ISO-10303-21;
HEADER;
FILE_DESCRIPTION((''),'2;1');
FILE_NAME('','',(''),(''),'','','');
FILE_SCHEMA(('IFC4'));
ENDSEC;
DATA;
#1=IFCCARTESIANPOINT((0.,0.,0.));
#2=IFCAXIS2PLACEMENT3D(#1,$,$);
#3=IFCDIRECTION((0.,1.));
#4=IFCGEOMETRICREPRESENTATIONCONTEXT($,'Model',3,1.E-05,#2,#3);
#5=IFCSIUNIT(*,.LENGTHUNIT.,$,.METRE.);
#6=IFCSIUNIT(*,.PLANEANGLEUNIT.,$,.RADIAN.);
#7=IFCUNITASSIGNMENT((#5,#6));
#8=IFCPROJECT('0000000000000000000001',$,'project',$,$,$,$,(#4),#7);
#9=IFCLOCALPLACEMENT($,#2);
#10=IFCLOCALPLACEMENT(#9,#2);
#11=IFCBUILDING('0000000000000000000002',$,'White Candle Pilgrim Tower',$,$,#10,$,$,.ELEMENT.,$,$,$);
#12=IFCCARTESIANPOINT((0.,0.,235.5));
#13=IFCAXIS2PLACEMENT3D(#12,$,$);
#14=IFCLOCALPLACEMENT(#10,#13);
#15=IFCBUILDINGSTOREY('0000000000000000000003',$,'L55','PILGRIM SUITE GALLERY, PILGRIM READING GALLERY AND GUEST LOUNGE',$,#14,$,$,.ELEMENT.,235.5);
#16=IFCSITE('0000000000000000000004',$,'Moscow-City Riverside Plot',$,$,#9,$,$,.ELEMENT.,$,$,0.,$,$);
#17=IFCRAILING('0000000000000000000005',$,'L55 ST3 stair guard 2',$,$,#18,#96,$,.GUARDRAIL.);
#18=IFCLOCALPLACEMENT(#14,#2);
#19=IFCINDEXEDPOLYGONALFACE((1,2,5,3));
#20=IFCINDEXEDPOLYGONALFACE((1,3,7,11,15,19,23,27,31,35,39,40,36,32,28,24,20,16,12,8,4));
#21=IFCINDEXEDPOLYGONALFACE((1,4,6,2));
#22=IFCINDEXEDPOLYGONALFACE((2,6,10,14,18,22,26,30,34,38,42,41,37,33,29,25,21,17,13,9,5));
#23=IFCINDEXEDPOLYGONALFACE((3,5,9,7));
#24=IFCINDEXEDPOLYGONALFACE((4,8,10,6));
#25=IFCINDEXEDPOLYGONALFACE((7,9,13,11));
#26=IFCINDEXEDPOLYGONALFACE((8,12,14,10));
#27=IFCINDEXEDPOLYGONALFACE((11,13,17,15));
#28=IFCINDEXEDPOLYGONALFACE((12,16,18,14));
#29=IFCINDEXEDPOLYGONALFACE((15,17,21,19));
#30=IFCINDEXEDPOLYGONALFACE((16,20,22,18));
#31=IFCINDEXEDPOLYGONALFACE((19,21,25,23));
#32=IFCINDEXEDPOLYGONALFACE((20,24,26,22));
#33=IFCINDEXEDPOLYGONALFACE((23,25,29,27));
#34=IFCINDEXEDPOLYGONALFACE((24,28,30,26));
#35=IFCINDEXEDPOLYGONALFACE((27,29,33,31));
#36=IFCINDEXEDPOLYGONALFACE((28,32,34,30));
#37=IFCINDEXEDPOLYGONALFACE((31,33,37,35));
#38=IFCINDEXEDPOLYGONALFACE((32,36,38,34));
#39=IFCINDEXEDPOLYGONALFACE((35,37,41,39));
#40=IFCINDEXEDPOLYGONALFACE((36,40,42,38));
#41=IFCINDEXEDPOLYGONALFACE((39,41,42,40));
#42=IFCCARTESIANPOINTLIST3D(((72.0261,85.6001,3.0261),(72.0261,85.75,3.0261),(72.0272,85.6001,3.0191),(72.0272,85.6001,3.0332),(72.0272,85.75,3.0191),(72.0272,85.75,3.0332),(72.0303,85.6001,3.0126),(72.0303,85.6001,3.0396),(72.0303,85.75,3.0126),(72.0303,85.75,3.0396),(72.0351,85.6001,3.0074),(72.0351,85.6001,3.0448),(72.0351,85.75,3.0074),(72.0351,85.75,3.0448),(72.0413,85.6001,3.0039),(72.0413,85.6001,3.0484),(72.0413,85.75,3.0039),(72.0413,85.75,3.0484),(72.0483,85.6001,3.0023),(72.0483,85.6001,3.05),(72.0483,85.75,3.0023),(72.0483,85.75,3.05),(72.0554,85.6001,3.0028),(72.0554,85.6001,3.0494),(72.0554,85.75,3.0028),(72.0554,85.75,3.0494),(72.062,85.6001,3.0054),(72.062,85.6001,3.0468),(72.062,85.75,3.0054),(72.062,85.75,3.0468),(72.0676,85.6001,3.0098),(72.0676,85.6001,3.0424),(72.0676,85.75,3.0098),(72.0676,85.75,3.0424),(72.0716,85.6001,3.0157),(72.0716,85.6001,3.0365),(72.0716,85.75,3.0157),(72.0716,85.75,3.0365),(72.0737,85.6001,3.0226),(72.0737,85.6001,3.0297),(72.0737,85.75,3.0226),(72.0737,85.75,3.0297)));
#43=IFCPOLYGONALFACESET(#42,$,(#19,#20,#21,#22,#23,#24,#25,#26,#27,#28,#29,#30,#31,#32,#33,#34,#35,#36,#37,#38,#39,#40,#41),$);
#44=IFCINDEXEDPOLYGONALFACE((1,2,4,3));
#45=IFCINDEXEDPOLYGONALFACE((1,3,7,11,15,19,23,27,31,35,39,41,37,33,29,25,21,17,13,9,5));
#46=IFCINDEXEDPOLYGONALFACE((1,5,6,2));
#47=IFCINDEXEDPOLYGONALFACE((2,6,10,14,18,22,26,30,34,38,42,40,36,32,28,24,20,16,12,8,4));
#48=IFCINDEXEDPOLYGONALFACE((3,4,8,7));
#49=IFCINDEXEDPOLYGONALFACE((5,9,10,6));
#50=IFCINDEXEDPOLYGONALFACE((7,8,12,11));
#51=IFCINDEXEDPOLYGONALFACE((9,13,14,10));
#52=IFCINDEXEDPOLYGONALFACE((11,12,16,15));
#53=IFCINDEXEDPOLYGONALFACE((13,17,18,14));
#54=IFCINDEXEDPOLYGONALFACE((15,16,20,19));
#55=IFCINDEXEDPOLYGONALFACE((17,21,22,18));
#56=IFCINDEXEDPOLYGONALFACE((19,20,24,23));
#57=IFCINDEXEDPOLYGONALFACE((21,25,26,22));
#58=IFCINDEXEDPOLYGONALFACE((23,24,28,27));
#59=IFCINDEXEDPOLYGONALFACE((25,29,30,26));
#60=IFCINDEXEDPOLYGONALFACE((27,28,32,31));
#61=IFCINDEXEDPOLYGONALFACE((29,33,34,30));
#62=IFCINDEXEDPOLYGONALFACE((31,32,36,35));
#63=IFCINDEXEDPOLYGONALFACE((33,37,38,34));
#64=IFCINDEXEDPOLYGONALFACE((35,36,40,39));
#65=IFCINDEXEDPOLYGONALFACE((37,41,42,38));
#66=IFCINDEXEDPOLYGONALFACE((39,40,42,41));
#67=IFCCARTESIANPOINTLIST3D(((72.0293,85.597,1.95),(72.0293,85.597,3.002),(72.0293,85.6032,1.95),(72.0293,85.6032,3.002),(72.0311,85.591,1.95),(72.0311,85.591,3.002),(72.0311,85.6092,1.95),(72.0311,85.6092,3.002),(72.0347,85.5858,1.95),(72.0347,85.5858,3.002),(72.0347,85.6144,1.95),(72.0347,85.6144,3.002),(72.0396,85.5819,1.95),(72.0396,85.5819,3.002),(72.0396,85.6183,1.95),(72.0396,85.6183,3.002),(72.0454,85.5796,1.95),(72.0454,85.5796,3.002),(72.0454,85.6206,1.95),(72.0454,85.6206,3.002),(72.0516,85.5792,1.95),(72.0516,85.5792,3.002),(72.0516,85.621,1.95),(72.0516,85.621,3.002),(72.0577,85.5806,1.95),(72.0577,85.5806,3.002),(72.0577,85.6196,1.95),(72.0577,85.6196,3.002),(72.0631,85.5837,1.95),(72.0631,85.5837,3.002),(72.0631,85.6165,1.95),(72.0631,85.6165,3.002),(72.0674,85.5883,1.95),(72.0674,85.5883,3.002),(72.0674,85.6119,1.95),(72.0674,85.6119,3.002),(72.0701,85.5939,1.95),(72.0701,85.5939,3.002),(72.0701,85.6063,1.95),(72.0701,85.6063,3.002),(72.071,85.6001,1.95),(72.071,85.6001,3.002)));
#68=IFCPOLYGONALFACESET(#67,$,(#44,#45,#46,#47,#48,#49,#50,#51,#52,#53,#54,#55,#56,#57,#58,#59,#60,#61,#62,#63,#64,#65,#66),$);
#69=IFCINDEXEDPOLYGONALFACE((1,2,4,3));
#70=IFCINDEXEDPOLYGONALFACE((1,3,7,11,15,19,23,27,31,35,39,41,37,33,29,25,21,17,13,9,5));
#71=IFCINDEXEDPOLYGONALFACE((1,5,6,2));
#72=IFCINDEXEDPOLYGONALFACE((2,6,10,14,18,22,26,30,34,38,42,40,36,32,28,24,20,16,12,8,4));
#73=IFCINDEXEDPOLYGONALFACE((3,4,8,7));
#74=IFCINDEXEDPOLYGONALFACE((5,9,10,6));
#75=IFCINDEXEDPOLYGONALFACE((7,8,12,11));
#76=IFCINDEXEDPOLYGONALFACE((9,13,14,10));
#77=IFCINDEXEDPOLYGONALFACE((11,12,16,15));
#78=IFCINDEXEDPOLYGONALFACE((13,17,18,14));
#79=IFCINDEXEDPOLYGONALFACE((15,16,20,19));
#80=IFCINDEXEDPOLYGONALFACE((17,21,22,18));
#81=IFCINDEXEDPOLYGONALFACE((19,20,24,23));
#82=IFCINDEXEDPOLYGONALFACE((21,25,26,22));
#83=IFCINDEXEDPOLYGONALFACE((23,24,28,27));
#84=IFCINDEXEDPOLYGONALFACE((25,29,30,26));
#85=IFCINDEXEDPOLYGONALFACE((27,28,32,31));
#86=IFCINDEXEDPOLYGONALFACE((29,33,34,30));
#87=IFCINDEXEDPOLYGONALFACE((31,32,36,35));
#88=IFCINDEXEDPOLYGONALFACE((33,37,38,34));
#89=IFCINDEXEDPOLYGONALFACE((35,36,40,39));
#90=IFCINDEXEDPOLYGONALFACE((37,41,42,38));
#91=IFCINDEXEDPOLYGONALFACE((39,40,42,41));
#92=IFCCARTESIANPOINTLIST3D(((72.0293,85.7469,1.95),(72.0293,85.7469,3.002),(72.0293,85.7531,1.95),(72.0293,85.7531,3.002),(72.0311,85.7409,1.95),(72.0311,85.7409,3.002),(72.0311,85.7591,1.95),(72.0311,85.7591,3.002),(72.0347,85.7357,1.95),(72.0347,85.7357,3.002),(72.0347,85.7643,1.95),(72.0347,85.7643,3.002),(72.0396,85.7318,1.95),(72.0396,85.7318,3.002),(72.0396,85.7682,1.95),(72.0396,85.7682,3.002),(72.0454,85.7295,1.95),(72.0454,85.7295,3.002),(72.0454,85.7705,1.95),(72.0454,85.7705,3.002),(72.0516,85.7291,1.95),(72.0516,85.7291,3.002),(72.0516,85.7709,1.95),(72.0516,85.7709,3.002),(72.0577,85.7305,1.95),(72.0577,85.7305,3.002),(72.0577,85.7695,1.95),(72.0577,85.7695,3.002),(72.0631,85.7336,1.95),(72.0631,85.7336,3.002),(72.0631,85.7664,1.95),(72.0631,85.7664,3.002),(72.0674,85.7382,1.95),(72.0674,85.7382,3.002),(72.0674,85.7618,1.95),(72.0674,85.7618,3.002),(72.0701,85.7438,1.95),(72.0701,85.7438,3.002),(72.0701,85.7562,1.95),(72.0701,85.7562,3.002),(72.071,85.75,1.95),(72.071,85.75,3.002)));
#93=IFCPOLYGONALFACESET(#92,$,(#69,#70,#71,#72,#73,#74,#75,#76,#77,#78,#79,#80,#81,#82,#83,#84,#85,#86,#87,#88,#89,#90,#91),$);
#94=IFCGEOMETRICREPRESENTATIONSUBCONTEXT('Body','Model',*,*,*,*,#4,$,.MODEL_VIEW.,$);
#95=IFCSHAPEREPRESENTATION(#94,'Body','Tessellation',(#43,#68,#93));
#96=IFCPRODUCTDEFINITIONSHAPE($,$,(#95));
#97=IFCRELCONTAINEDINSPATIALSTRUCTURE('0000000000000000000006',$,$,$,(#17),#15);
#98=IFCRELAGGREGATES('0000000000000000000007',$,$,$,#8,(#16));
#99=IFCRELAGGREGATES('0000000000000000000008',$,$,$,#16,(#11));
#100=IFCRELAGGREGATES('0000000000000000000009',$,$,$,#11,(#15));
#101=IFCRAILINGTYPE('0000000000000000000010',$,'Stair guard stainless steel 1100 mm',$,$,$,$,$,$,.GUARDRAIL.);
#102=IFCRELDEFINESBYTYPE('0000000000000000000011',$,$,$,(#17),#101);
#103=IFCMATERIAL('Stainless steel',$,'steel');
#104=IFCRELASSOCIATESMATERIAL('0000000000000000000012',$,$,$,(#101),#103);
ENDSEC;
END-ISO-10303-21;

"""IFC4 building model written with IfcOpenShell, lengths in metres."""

from ifc_helpers import new_model, si_unit, direction, frame, origin, origin_2d, place, context, subcontext, project, spatial, circle, extrude, material, type_object, element, save


model = new_model("IFC4")

# Units and contexts
model_context = context("Model", 3, precision=1e-05, world=origin(), true_north=direction((0.0, 1.0)))
body_context = subcontext(model_context, "Body", "Model", "MODEL_VIEW")
ifc_project = project(units=[si_unit("LENGTHUNIT", "METRE"), si_unit("PLANEANGLEUNIT", "RADIAN")], contexts=[model_context])

# Site, building, storey
site_placement = place(None, origin())
site = spatial("IfcSite", under=ifc_project, at=site_placement, Name="Moscow-City Riverside Plot", CompositionType="ELEMENT", RefElevation=0.0)
building_placement = place(site_placement, origin())
building = spatial("IfcBuilding", under=site, at=building_placement, Name="White Candle Pilgrim Tower", CompositionType="ELEMENT")
storey_placement = place(building_placement, frame((0.0, 0.0, 235.5)))
storey = spatial("IfcBuildingStorey", under=building, at=storey_placement, Name="L55", Description="PILGRIM SUITE GALLERY, PILGRIM READING GALLERY AND GUEST LOUNGE", CompositionType="ELEMENT", Elevation=235.5)

# Shared definitions
ifc_material_1 = material(Name="Stainless steel", Category="steel")

# Railing
railing_type_1 = type_object("IfcRailingType", Name="Stair guard stainless steel 1100 mm", PredefinedType="GUARDRAIL", material=ifc_material_1)
railing_1_placement = place(storey_placement, frame((72.05, 85.6001, 1.95)))
element("IfcRailing", 1, at=railing_1_placement, inside=storey, type_object=railing_type_1, Name="L55 ST3 stair guard 2", PredefinedType="GUARDRAIL", context=body_context, shape_type="SweptSolid", body=[
    extrude(circle(Radius=0.0239, at=origin_2d()), frame((0.0, 0.0, 1.0762), z_axis=(0.0, 1.0, 0.0), x_axis=(-1.0, 0.0, 0.0)), (0.0, 0.0, 1.0), 0.1499),
    extrude(circle(Radius=0.021, at=origin_2d()), origin(), (0.0, 0.0, 1.0), 1.052),
    extrude(circle(Radius=0.021, at=origin_2d()), frame((0.0, 0.1499, 0.0)), (0.0, 0.0, 1.0), 1.052),
])

save(model, "model.ifc")
